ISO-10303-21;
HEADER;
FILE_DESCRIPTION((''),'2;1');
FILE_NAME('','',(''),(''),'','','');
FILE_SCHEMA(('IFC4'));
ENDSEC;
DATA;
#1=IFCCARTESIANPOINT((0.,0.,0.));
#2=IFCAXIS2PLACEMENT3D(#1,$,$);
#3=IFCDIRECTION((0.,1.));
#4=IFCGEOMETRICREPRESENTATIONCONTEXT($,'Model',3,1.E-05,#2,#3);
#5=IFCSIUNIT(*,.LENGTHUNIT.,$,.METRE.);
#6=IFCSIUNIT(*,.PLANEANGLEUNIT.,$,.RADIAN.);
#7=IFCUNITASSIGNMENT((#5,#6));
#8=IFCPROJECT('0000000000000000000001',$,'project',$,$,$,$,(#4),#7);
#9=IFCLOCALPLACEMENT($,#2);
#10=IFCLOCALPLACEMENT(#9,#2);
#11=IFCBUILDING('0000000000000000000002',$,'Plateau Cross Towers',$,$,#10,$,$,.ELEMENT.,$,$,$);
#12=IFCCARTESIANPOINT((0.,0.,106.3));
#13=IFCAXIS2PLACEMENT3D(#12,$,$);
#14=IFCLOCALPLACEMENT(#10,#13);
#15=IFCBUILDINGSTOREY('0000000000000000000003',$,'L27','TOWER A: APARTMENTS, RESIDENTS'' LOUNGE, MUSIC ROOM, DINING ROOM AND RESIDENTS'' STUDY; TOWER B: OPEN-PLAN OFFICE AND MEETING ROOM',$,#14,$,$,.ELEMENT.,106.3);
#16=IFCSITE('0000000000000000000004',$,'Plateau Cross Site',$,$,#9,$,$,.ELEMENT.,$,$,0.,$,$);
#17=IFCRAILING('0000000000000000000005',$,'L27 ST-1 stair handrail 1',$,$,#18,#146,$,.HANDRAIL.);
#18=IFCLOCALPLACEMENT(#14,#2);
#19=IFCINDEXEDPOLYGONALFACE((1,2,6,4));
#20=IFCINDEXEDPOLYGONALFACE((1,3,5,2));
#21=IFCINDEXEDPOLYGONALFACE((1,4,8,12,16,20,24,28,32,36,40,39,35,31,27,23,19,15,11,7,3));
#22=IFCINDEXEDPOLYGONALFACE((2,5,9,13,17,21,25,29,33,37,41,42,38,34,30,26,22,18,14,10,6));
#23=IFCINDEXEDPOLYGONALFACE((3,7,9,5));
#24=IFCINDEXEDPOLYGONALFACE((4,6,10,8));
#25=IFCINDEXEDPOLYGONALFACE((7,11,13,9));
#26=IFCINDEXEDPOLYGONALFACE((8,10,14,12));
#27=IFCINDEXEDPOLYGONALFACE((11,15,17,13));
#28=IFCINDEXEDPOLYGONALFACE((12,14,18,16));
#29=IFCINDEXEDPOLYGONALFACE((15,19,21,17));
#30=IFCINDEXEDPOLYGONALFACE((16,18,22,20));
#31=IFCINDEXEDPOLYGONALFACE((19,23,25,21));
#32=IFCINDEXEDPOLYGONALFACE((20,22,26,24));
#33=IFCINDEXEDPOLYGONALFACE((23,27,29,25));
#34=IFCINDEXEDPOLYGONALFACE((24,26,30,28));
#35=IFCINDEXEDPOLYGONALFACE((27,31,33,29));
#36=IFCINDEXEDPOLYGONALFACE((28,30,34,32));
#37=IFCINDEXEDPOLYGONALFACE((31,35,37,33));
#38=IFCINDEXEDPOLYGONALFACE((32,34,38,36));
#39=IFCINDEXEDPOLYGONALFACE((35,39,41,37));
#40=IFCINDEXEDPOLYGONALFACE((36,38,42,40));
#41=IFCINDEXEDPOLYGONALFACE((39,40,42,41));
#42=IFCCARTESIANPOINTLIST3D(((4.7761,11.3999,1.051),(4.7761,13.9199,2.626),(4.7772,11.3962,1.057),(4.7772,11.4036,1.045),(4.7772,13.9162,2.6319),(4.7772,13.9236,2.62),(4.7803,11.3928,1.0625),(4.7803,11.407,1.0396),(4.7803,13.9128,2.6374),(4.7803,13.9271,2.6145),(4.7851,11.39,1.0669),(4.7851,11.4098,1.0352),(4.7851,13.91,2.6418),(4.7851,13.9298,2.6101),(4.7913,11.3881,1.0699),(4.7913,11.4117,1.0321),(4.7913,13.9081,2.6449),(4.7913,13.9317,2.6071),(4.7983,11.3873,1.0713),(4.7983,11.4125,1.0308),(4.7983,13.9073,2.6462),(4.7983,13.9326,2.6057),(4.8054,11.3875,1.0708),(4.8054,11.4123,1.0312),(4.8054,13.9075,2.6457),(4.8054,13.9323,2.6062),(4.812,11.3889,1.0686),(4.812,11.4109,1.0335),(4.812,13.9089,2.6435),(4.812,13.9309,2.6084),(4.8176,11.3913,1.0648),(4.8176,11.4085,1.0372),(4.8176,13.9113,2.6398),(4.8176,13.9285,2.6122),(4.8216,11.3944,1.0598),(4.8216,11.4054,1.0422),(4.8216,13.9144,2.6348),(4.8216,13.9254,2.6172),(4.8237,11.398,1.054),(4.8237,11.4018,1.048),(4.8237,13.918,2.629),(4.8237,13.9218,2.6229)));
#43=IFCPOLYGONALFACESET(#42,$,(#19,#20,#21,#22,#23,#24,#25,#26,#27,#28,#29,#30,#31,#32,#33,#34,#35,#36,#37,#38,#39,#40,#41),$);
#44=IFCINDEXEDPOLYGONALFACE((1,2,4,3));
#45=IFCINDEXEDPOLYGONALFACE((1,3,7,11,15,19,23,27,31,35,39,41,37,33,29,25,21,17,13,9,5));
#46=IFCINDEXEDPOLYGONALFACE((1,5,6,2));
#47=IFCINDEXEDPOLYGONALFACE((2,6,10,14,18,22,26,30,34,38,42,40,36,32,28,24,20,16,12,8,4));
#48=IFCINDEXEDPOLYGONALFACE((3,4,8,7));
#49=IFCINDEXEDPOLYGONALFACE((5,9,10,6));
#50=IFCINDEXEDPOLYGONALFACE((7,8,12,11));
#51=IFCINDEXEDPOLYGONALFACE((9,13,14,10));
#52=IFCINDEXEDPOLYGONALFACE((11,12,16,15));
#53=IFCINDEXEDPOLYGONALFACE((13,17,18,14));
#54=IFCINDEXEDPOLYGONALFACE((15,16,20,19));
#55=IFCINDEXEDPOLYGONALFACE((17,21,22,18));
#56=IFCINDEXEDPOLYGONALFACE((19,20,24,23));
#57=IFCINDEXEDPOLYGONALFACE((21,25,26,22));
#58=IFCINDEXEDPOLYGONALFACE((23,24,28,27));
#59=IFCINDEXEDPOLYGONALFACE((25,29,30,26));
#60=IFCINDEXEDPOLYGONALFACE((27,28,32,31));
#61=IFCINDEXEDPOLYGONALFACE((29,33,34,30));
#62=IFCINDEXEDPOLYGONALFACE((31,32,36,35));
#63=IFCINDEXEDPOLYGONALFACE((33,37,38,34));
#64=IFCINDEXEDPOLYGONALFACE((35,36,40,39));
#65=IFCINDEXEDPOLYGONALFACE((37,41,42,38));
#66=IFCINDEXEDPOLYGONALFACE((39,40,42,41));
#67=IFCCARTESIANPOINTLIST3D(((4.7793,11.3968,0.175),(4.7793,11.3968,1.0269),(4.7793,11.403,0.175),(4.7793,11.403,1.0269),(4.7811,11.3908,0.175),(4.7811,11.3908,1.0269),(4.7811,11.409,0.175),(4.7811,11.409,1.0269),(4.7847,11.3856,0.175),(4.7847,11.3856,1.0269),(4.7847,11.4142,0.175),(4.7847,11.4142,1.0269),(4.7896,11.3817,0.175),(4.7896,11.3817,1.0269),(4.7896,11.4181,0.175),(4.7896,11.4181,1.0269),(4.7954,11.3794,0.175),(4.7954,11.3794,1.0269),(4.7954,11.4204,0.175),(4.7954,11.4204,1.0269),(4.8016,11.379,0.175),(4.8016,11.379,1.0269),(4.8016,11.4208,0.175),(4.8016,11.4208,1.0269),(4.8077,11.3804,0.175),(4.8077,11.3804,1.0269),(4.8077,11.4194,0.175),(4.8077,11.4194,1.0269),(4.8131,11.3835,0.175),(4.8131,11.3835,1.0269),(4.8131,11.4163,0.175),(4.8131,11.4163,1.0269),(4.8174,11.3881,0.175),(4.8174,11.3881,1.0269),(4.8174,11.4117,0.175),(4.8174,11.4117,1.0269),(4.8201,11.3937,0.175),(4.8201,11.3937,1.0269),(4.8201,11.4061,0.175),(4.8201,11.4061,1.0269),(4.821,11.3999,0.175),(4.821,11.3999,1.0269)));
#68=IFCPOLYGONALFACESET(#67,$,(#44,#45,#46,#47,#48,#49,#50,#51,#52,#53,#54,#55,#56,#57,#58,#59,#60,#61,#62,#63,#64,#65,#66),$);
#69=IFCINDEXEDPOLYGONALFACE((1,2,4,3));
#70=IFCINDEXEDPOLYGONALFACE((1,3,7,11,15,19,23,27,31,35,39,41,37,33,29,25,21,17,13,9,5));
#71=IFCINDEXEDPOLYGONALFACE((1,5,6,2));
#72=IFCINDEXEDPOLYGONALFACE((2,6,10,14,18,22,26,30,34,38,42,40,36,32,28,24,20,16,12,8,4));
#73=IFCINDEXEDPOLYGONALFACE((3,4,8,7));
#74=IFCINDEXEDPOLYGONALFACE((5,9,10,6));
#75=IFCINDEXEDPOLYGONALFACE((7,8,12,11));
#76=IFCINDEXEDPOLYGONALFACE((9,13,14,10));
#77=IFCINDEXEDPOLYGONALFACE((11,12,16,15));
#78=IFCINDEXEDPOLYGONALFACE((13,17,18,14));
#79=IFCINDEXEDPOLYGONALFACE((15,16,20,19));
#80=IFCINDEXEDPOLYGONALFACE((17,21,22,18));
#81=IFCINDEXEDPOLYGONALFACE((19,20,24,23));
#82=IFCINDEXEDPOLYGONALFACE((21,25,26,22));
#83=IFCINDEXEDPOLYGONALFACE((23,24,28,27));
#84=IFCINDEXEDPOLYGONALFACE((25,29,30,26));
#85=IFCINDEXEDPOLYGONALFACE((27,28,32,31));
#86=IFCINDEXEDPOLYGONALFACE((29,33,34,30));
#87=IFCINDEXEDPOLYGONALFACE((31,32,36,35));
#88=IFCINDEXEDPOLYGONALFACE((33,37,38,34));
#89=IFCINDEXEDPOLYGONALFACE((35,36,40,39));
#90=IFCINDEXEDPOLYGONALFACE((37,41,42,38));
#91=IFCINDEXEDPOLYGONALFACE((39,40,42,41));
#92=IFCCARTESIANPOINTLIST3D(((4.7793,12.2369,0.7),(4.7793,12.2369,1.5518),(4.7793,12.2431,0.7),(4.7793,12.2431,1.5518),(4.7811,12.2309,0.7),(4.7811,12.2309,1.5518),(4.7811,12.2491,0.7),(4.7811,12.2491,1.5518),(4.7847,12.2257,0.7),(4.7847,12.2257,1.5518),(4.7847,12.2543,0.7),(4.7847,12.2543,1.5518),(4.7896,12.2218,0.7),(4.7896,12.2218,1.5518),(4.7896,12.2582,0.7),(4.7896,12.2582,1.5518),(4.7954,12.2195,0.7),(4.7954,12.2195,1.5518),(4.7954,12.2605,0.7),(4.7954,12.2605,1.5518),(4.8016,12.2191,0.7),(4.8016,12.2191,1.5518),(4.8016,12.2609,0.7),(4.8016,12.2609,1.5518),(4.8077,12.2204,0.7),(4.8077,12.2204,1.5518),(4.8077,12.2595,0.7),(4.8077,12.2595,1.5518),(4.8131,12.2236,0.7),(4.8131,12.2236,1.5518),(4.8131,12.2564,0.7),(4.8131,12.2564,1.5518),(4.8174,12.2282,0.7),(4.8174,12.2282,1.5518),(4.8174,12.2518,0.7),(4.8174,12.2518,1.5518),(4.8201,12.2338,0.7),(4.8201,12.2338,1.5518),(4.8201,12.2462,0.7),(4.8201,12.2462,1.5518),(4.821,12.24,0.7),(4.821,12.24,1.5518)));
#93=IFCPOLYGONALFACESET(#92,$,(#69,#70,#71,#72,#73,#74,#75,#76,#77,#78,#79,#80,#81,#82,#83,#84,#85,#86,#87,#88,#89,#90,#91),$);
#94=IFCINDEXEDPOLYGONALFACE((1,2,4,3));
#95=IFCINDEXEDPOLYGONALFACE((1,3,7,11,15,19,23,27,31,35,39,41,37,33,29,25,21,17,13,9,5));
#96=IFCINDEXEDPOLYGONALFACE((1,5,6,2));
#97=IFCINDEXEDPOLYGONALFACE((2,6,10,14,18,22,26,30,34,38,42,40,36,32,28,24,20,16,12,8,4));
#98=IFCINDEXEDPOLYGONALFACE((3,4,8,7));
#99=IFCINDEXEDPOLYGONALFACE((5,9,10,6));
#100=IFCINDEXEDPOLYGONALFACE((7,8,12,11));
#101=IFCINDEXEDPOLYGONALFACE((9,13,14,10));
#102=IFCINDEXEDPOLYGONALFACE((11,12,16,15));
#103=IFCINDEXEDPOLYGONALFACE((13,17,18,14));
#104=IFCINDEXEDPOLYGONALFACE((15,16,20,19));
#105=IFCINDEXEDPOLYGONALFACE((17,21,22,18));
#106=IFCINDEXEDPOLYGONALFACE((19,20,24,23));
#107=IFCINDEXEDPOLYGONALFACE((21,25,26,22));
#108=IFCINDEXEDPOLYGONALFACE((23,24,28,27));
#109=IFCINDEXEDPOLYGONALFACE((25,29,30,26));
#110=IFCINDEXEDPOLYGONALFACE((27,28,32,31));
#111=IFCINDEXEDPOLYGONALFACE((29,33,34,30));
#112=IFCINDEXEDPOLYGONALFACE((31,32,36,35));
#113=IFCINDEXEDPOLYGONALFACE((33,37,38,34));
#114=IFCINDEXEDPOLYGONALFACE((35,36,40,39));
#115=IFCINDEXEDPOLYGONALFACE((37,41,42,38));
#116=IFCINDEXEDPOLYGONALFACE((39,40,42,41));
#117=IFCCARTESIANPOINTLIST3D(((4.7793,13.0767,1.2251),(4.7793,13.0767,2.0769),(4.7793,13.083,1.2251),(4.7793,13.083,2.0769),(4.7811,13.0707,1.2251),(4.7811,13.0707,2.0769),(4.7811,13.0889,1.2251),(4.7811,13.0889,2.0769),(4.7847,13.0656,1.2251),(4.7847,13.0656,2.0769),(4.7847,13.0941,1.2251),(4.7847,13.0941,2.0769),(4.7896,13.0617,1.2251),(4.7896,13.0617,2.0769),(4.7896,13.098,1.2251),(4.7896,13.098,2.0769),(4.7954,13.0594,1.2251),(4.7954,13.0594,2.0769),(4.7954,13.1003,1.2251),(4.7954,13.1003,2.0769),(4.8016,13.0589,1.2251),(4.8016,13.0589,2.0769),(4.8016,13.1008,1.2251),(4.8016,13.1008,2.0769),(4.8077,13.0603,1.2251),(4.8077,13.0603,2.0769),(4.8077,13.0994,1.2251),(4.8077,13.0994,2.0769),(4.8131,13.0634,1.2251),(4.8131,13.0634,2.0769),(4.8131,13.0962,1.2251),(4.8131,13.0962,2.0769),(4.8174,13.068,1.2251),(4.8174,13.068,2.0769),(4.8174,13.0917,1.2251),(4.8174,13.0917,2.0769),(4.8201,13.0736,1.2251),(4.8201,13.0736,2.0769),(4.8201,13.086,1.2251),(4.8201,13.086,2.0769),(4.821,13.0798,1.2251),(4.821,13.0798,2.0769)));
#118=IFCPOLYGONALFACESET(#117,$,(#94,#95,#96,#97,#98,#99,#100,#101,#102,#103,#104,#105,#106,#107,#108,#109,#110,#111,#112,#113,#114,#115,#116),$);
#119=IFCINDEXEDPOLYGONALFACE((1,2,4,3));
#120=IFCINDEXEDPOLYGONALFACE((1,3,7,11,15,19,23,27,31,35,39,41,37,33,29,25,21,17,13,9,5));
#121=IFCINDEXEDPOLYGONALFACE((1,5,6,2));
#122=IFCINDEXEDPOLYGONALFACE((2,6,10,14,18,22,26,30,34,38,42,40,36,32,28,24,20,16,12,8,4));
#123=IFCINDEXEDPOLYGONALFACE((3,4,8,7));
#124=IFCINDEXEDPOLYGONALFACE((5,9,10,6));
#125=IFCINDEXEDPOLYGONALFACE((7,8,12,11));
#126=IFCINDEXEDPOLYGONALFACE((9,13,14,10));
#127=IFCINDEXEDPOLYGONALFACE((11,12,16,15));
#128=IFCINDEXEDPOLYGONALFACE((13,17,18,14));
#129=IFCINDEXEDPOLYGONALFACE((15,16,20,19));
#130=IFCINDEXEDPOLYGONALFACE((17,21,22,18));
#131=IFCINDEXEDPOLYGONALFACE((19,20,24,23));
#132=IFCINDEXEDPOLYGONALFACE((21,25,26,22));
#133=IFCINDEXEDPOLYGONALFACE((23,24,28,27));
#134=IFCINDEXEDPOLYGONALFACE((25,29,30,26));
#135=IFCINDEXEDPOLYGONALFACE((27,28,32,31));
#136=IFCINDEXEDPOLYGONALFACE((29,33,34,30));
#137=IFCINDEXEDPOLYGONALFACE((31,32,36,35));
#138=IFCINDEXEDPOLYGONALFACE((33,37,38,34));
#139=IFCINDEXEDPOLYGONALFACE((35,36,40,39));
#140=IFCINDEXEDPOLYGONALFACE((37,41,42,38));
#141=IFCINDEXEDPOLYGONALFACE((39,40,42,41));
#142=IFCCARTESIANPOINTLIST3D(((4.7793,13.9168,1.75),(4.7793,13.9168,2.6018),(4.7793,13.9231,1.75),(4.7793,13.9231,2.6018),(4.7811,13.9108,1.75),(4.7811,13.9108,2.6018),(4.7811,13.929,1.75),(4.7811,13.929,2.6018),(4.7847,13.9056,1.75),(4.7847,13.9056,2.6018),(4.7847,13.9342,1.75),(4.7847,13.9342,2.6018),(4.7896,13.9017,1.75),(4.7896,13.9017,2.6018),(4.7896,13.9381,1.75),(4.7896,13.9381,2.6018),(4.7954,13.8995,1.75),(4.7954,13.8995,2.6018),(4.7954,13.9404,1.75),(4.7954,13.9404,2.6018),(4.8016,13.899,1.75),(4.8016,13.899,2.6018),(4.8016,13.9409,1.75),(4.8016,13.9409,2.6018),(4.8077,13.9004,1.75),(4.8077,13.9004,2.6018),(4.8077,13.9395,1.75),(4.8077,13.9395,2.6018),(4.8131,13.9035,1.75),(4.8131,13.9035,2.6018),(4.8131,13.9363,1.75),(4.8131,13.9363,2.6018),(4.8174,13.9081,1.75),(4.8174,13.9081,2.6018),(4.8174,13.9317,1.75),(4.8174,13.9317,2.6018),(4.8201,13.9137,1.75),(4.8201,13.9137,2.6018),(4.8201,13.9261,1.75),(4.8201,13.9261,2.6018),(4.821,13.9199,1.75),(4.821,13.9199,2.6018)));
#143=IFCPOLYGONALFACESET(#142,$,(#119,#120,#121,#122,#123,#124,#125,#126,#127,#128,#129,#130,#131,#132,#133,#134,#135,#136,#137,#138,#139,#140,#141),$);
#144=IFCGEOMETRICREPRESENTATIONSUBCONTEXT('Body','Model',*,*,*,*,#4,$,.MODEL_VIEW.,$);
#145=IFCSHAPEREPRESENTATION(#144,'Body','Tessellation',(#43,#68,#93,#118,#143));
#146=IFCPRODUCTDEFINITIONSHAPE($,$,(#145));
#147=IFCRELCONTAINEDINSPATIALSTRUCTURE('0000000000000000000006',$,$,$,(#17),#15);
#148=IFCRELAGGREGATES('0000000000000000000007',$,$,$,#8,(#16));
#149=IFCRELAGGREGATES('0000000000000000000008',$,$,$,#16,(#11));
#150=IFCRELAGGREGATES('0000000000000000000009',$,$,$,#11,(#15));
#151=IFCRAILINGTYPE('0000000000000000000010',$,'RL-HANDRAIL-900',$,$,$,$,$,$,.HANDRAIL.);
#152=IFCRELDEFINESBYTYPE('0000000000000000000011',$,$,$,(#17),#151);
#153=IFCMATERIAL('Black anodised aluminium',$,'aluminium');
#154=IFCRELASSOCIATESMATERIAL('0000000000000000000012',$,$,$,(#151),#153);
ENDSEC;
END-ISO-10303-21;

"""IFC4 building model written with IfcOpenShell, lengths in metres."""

from ifc_helpers import new_model, si_unit, direction, frame, origin, origin_2d, place, context, subcontext, project, spatial, circle, extrude, material, type_object, element, save


model = new_model("IFC4")

# Units and contexts
model_context = context("Model", 3, precision=1e-05, world=origin(), true_north=direction((0.0, 1.0)))
body_context = subcontext(model_context, "Body", "Model", "MODEL_VIEW")
ifc_project = project(units=[si_unit("LENGTHUNIT", "METRE"), si_unit("PLANEANGLEUNIT", "RADIAN")], contexts=[model_context])

# Site, building, storey
site_placement = place(None, origin())
site = spatial("IfcSite", under=ifc_project, at=site_placement, Name="Plateau Cross Site", CompositionType="ELEMENT", RefElevation=0.0)
building_placement = place(site_placement, origin())
building = spatial("IfcBuilding", under=site, at=building_placement, Name="Plateau Cross Towers", CompositionType="ELEMENT")
storey_placement = place(building_placement, frame((0.0, 0.0, 106.3)))
storey = spatial("IfcBuildingStorey", under=building, at=storey_placement, Name="L27", Description="TOWER A: APARTMENTS, RESIDENTS' LOUNGE, MUSIC ROOM, DINING ROOM AND RESIDENTS' STUDY; TOWER B: OPEN-PLAN OFFICE AND MEETING ROOM", CompositionType="ELEMENT", Elevation=106.3)

# Shared definitions
ifc_material_1 = material(Name="Black anodised aluminium", Category="aluminium")

# Railing
railing_type_1 = type_object("IfcRailingType", Name="RL-HANDRAIL-900", PredefinedType="HANDRAIL", material=ifc_material_1)
railing_1_placement = place(storey_placement, frame((4.8, 11.3999, 0.175)))
element("IfcRailing", 1, at=railing_1_placement, inside=storey, type_object=railing_type_1, Name="L27 ST-1 stair handrail 1", PredefinedType="HANDRAIL", context=body_context, shape_type="SweptSolid", body=[
    extrude(circle(Radius=0.0239, at=origin_2d()), frame((0.0, 0.0, 0.876), z_axis=(0.0, 0.848008, 0.529984), x_axis=(-1.0, 0.0, 0.0)), (0.0, 0.0, 1.0), 2.9717),
    extrude(circle(Radius=0.021, at=origin_2d()), origin(), (0.0, 0.0, 1.0), 0.8518),
    extrude(circle(Radius=0.021, at=origin_2d()), frame((0.0, 0.8401, 0.5249)), (0.0, 0.0, 1.0), 0.8518),
    extrude(circle(Radius=0.021, at=origin_2d()), frame((0.0, 1.6799, 1.05)), (0.0, 0.0, 1.0), 0.8518),
    extrude(circle(Radius=0.021, at=origin_2d()), frame((0.0, 2.52, 1.575)), (0.0, 0.0, 1.0), 0.8518),
])

save(model, "model.ifc")
